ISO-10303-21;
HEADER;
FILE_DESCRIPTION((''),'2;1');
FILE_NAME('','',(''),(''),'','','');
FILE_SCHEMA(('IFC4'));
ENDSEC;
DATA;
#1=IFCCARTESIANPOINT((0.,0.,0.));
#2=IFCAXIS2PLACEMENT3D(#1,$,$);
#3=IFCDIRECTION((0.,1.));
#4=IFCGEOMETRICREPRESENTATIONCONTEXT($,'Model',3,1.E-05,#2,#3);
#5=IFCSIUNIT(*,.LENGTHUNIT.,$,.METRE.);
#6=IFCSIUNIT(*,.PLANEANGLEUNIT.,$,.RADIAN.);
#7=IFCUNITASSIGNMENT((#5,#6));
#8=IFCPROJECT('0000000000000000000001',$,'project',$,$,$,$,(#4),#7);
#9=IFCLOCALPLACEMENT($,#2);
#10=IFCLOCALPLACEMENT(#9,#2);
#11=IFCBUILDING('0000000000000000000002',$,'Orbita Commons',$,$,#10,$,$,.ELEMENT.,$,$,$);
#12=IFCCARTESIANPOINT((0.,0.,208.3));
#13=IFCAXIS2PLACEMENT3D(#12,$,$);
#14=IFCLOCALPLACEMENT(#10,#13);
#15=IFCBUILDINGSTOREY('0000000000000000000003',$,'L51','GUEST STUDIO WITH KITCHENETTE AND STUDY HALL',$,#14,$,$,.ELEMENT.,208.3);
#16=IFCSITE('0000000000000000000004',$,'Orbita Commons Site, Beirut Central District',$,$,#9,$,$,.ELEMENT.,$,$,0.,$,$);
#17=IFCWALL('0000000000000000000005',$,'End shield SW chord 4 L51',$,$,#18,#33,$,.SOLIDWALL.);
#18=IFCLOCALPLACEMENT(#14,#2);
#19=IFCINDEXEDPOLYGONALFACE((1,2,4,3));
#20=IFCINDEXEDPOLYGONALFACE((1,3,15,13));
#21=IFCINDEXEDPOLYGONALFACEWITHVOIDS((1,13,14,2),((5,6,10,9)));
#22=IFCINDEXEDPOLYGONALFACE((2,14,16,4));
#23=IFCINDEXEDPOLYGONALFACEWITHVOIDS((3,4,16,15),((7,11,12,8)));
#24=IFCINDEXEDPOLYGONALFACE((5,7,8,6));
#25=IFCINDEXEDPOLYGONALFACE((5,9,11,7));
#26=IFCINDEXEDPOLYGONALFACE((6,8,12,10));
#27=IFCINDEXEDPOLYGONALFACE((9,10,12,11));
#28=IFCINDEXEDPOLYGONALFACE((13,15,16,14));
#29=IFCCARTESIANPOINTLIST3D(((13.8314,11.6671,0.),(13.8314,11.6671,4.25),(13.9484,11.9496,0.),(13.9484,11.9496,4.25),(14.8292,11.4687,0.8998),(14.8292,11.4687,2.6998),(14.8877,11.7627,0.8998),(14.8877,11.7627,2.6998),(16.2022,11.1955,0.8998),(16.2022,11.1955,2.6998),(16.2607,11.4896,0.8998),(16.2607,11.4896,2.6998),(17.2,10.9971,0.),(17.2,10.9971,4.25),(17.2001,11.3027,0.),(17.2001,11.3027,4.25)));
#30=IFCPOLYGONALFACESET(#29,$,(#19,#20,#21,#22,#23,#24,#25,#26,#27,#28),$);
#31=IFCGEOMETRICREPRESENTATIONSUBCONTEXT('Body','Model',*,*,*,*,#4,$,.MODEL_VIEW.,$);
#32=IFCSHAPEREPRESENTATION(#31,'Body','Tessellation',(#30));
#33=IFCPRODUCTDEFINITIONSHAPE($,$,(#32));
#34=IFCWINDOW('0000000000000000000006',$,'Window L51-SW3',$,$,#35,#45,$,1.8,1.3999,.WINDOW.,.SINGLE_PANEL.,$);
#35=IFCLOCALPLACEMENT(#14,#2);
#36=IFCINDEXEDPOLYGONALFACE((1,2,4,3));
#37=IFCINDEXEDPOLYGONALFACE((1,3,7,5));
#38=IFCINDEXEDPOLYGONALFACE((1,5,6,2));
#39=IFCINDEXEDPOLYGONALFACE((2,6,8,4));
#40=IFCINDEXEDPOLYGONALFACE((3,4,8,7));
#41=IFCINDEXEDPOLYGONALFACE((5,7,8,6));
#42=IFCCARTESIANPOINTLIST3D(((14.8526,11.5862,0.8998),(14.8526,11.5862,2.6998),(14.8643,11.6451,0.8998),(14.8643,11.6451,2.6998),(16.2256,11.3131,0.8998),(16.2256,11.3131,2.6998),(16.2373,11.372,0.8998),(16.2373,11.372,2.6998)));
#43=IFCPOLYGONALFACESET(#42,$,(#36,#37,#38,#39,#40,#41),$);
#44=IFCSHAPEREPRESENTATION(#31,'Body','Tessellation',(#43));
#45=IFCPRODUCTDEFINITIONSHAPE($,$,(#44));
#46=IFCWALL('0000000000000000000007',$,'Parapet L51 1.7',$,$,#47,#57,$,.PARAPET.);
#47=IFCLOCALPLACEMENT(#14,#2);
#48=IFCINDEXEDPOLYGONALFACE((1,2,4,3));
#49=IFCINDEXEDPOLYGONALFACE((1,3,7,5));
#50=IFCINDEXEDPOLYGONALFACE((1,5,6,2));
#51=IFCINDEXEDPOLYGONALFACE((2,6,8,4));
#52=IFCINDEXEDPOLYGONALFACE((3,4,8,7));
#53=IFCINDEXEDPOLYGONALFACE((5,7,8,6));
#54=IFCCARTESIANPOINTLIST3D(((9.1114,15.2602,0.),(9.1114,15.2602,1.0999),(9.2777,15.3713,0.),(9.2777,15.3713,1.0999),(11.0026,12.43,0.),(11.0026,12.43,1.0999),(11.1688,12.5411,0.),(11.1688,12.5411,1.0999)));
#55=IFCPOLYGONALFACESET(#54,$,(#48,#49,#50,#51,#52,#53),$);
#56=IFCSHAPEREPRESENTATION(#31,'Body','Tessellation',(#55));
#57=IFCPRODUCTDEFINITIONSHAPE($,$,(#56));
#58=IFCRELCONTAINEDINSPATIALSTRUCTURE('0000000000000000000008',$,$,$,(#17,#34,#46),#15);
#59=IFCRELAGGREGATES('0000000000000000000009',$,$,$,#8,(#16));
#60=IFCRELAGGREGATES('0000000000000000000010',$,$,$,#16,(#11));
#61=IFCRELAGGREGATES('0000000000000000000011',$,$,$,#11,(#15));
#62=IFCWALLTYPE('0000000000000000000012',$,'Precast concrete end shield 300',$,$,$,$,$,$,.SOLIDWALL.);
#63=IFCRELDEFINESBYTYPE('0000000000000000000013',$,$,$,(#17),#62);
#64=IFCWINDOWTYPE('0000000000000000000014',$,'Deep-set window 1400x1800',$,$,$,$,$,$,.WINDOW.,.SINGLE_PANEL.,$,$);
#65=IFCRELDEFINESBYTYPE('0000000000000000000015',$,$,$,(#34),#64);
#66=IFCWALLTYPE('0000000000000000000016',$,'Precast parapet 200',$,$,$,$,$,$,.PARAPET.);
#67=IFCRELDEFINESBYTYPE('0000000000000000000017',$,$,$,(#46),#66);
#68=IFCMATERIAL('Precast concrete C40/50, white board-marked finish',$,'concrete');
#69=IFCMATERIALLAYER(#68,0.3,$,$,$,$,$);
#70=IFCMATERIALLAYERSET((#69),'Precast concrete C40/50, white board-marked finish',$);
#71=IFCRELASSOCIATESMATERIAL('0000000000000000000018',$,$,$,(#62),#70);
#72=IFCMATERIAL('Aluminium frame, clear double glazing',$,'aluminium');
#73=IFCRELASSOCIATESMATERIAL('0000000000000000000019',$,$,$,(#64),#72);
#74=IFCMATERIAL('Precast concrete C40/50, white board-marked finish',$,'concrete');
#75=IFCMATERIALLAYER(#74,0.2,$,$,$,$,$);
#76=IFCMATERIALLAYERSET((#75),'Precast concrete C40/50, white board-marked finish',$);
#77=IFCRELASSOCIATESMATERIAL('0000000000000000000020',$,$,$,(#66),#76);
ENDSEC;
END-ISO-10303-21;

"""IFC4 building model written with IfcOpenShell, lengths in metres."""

from ifc_helpers import new_model, si_unit, direction, frame, frame_2d, origin, place, context, subcontext, project, spatial, polyline, rectangle, outline, extrude, material, layer, layer_set, type_object, element, fill, save


model = new_model("IFC4")

# Units and contexts
model_context = context("Model", 3, precision=1e-05, world=origin(), true_north=direction((0.0, 1.0)))
body_context = subcontext(model_context, "Body", "Model", "MODEL_VIEW")
ifc_project = project(units=[si_unit("LENGTHUNIT", "METRE"), si_unit("PLANEANGLEUNIT", "RADIAN")], contexts=[model_context])

# Site, building, storey
site_placement = place(None, origin())
site = spatial("IfcSite", under=ifc_project, at=site_placement, Name="Orbita Commons Site, Beirut Central District", CompositionType="ELEMENT", RefElevation=0.0)
building_placement = place(site_placement, origin())
building = spatial("IfcBuilding", under=site, at=building_placement, Name="Orbita Commons", CompositionType="ELEMENT")
storey_placement = place(building_placement, frame((0.0, 0.0, 208.3)))
storey = spatial("IfcBuildingStorey", under=building, at=storey_placement, Name="L51", Description="GUEST STUDIO WITH KITCHENETTE AND STUDY HALL", CompositionType="ELEMENT", Elevation=208.3)

# Wall, opening, window
ifc_material_1 = material(Name="Precast concrete C40/50, white board-marked finish", Category="concrete")
ifc_layer_1 = layer(ifc_material_1, 0.3)
ifc_layer_set_1 = layer_set([ifc_layer_1], Name="Precast concrete C40/50, white board-marked finish")
wall_type_1 = type_object("IfcWallType", Name="Precast concrete end shield 300", PredefinedType="SOLIDWALL", material=ifc_layer_set_1)
ifc_material_2 = material(Name="Aluminium frame, clear double glazing", Category="aluminium")
window_type = type_object("IfcWindowType", Name="Deep-set window 1400x1800", PartitioningType="SINGLE_PANEL", PredefinedType="WINDOW", material=ifc_material_2)
wall_1_placement = place(storey_placement, frame((13.8899, 11.8083, 0.0), z_axis=(0.0, 0.0, 1.0), x_axis=(0.980783, -0.1951, 0.0)))
wall_1 = element("IfcWall", 1, at=wall_1_placement, inside=storey, type_object=wall_type_1, Name="End shield SW chord 4 L51", PredefinedType="SOLIDWALL", context=body_context, shape_type="SweptSolid", body=[
    extrude(outline(polyline([(-0.0298, -0.1499), (3.4048, -0.1499), (3.3452, 0.1499), (0.0298, 0.1499), (-0.0298, -0.1499)])), origin(), (0.0, 0.0, 1.0), 4.25),
])
opening_1_placement = place(wall_1_placement, frame((0.9875, 0.0, 0.8999)))
opening_1 = element("IfcOpeningElement", 2, at=opening_1_placement, cuts=wall_1, PredefinedType="OPENING", context=body_context, shape_type="SweptSolid", body=[
    extrude(rectangle(XDim=1.3999, YDim=1.8, at=frame_2d((0.7, 0.8999))), frame((0.0, 0.1599, 0.0), z_axis=(0.0, -1.0, 0.0), x_axis=(1.0, 0.0, 0.0)), (0.0, 0.0, 1.0), 0.3201),
])
window_1_placement = place(opening_1_placement, origin())
window_1 = element("IfcWindow", 3, at=window_1_placement, inside=storey, type_object=window_type, Name="Window L51-SW3", OverallHeight=1.8, OverallWidth=1.3999, PartitioningType="SINGLE_PANEL", PredefinedType="WINDOW", context=body_context, shape_type="SweptSolid", body=[
    extrude(rectangle(XDim=1.3999, YDim=1.8, at=frame_2d((0.7, 0.8999))), frame((0.0, 0.03, 0.0), z_axis=(0.0, -1.0, 0.0), x_axis=(1.0, 0.0, 0.0)), (0.0, 0.0, 1.0), 0.0601),
])
fill(opening_1, window_1)

# Wall
ifc_material_3 = material(Name="Precast concrete C40/50, white board-marked finish", Category="concrete")
ifc_layer_2 = layer(ifc_material_3, 0.2)
ifc_layer_set_2 = layer_set([ifc_layer_2], Name="Precast concrete C40/50, white board-marked finish")
wall_type_2 = type_object("IfcWallType", Name="Precast parapet 200", PredefinedType="PARAPET", material=ifc_layer_set_2)
wall_2_placement = place(storey_placement, frame((11.0857, 12.4856, 0.0), z_axis=(0.0, 0.0, 1.0), x_axis=(-0.555594, 0.831454, 0.0)))
element("IfcWall", 4, at=wall_2_placement, inside=storey, type_object=wall_type_2, Name="Parapet L51 1.7", PredefinedType="PARAPET", context=body_context, shape_type="SweptSolid", body=[
    extrude(rectangle(XDim=3.4038, YDim=0.2, at=frame_2d((1.7019, 0.0))), origin(), (0.0, 0.0, 1.0), 1.0999),
])

save(model, "model.ifc")
